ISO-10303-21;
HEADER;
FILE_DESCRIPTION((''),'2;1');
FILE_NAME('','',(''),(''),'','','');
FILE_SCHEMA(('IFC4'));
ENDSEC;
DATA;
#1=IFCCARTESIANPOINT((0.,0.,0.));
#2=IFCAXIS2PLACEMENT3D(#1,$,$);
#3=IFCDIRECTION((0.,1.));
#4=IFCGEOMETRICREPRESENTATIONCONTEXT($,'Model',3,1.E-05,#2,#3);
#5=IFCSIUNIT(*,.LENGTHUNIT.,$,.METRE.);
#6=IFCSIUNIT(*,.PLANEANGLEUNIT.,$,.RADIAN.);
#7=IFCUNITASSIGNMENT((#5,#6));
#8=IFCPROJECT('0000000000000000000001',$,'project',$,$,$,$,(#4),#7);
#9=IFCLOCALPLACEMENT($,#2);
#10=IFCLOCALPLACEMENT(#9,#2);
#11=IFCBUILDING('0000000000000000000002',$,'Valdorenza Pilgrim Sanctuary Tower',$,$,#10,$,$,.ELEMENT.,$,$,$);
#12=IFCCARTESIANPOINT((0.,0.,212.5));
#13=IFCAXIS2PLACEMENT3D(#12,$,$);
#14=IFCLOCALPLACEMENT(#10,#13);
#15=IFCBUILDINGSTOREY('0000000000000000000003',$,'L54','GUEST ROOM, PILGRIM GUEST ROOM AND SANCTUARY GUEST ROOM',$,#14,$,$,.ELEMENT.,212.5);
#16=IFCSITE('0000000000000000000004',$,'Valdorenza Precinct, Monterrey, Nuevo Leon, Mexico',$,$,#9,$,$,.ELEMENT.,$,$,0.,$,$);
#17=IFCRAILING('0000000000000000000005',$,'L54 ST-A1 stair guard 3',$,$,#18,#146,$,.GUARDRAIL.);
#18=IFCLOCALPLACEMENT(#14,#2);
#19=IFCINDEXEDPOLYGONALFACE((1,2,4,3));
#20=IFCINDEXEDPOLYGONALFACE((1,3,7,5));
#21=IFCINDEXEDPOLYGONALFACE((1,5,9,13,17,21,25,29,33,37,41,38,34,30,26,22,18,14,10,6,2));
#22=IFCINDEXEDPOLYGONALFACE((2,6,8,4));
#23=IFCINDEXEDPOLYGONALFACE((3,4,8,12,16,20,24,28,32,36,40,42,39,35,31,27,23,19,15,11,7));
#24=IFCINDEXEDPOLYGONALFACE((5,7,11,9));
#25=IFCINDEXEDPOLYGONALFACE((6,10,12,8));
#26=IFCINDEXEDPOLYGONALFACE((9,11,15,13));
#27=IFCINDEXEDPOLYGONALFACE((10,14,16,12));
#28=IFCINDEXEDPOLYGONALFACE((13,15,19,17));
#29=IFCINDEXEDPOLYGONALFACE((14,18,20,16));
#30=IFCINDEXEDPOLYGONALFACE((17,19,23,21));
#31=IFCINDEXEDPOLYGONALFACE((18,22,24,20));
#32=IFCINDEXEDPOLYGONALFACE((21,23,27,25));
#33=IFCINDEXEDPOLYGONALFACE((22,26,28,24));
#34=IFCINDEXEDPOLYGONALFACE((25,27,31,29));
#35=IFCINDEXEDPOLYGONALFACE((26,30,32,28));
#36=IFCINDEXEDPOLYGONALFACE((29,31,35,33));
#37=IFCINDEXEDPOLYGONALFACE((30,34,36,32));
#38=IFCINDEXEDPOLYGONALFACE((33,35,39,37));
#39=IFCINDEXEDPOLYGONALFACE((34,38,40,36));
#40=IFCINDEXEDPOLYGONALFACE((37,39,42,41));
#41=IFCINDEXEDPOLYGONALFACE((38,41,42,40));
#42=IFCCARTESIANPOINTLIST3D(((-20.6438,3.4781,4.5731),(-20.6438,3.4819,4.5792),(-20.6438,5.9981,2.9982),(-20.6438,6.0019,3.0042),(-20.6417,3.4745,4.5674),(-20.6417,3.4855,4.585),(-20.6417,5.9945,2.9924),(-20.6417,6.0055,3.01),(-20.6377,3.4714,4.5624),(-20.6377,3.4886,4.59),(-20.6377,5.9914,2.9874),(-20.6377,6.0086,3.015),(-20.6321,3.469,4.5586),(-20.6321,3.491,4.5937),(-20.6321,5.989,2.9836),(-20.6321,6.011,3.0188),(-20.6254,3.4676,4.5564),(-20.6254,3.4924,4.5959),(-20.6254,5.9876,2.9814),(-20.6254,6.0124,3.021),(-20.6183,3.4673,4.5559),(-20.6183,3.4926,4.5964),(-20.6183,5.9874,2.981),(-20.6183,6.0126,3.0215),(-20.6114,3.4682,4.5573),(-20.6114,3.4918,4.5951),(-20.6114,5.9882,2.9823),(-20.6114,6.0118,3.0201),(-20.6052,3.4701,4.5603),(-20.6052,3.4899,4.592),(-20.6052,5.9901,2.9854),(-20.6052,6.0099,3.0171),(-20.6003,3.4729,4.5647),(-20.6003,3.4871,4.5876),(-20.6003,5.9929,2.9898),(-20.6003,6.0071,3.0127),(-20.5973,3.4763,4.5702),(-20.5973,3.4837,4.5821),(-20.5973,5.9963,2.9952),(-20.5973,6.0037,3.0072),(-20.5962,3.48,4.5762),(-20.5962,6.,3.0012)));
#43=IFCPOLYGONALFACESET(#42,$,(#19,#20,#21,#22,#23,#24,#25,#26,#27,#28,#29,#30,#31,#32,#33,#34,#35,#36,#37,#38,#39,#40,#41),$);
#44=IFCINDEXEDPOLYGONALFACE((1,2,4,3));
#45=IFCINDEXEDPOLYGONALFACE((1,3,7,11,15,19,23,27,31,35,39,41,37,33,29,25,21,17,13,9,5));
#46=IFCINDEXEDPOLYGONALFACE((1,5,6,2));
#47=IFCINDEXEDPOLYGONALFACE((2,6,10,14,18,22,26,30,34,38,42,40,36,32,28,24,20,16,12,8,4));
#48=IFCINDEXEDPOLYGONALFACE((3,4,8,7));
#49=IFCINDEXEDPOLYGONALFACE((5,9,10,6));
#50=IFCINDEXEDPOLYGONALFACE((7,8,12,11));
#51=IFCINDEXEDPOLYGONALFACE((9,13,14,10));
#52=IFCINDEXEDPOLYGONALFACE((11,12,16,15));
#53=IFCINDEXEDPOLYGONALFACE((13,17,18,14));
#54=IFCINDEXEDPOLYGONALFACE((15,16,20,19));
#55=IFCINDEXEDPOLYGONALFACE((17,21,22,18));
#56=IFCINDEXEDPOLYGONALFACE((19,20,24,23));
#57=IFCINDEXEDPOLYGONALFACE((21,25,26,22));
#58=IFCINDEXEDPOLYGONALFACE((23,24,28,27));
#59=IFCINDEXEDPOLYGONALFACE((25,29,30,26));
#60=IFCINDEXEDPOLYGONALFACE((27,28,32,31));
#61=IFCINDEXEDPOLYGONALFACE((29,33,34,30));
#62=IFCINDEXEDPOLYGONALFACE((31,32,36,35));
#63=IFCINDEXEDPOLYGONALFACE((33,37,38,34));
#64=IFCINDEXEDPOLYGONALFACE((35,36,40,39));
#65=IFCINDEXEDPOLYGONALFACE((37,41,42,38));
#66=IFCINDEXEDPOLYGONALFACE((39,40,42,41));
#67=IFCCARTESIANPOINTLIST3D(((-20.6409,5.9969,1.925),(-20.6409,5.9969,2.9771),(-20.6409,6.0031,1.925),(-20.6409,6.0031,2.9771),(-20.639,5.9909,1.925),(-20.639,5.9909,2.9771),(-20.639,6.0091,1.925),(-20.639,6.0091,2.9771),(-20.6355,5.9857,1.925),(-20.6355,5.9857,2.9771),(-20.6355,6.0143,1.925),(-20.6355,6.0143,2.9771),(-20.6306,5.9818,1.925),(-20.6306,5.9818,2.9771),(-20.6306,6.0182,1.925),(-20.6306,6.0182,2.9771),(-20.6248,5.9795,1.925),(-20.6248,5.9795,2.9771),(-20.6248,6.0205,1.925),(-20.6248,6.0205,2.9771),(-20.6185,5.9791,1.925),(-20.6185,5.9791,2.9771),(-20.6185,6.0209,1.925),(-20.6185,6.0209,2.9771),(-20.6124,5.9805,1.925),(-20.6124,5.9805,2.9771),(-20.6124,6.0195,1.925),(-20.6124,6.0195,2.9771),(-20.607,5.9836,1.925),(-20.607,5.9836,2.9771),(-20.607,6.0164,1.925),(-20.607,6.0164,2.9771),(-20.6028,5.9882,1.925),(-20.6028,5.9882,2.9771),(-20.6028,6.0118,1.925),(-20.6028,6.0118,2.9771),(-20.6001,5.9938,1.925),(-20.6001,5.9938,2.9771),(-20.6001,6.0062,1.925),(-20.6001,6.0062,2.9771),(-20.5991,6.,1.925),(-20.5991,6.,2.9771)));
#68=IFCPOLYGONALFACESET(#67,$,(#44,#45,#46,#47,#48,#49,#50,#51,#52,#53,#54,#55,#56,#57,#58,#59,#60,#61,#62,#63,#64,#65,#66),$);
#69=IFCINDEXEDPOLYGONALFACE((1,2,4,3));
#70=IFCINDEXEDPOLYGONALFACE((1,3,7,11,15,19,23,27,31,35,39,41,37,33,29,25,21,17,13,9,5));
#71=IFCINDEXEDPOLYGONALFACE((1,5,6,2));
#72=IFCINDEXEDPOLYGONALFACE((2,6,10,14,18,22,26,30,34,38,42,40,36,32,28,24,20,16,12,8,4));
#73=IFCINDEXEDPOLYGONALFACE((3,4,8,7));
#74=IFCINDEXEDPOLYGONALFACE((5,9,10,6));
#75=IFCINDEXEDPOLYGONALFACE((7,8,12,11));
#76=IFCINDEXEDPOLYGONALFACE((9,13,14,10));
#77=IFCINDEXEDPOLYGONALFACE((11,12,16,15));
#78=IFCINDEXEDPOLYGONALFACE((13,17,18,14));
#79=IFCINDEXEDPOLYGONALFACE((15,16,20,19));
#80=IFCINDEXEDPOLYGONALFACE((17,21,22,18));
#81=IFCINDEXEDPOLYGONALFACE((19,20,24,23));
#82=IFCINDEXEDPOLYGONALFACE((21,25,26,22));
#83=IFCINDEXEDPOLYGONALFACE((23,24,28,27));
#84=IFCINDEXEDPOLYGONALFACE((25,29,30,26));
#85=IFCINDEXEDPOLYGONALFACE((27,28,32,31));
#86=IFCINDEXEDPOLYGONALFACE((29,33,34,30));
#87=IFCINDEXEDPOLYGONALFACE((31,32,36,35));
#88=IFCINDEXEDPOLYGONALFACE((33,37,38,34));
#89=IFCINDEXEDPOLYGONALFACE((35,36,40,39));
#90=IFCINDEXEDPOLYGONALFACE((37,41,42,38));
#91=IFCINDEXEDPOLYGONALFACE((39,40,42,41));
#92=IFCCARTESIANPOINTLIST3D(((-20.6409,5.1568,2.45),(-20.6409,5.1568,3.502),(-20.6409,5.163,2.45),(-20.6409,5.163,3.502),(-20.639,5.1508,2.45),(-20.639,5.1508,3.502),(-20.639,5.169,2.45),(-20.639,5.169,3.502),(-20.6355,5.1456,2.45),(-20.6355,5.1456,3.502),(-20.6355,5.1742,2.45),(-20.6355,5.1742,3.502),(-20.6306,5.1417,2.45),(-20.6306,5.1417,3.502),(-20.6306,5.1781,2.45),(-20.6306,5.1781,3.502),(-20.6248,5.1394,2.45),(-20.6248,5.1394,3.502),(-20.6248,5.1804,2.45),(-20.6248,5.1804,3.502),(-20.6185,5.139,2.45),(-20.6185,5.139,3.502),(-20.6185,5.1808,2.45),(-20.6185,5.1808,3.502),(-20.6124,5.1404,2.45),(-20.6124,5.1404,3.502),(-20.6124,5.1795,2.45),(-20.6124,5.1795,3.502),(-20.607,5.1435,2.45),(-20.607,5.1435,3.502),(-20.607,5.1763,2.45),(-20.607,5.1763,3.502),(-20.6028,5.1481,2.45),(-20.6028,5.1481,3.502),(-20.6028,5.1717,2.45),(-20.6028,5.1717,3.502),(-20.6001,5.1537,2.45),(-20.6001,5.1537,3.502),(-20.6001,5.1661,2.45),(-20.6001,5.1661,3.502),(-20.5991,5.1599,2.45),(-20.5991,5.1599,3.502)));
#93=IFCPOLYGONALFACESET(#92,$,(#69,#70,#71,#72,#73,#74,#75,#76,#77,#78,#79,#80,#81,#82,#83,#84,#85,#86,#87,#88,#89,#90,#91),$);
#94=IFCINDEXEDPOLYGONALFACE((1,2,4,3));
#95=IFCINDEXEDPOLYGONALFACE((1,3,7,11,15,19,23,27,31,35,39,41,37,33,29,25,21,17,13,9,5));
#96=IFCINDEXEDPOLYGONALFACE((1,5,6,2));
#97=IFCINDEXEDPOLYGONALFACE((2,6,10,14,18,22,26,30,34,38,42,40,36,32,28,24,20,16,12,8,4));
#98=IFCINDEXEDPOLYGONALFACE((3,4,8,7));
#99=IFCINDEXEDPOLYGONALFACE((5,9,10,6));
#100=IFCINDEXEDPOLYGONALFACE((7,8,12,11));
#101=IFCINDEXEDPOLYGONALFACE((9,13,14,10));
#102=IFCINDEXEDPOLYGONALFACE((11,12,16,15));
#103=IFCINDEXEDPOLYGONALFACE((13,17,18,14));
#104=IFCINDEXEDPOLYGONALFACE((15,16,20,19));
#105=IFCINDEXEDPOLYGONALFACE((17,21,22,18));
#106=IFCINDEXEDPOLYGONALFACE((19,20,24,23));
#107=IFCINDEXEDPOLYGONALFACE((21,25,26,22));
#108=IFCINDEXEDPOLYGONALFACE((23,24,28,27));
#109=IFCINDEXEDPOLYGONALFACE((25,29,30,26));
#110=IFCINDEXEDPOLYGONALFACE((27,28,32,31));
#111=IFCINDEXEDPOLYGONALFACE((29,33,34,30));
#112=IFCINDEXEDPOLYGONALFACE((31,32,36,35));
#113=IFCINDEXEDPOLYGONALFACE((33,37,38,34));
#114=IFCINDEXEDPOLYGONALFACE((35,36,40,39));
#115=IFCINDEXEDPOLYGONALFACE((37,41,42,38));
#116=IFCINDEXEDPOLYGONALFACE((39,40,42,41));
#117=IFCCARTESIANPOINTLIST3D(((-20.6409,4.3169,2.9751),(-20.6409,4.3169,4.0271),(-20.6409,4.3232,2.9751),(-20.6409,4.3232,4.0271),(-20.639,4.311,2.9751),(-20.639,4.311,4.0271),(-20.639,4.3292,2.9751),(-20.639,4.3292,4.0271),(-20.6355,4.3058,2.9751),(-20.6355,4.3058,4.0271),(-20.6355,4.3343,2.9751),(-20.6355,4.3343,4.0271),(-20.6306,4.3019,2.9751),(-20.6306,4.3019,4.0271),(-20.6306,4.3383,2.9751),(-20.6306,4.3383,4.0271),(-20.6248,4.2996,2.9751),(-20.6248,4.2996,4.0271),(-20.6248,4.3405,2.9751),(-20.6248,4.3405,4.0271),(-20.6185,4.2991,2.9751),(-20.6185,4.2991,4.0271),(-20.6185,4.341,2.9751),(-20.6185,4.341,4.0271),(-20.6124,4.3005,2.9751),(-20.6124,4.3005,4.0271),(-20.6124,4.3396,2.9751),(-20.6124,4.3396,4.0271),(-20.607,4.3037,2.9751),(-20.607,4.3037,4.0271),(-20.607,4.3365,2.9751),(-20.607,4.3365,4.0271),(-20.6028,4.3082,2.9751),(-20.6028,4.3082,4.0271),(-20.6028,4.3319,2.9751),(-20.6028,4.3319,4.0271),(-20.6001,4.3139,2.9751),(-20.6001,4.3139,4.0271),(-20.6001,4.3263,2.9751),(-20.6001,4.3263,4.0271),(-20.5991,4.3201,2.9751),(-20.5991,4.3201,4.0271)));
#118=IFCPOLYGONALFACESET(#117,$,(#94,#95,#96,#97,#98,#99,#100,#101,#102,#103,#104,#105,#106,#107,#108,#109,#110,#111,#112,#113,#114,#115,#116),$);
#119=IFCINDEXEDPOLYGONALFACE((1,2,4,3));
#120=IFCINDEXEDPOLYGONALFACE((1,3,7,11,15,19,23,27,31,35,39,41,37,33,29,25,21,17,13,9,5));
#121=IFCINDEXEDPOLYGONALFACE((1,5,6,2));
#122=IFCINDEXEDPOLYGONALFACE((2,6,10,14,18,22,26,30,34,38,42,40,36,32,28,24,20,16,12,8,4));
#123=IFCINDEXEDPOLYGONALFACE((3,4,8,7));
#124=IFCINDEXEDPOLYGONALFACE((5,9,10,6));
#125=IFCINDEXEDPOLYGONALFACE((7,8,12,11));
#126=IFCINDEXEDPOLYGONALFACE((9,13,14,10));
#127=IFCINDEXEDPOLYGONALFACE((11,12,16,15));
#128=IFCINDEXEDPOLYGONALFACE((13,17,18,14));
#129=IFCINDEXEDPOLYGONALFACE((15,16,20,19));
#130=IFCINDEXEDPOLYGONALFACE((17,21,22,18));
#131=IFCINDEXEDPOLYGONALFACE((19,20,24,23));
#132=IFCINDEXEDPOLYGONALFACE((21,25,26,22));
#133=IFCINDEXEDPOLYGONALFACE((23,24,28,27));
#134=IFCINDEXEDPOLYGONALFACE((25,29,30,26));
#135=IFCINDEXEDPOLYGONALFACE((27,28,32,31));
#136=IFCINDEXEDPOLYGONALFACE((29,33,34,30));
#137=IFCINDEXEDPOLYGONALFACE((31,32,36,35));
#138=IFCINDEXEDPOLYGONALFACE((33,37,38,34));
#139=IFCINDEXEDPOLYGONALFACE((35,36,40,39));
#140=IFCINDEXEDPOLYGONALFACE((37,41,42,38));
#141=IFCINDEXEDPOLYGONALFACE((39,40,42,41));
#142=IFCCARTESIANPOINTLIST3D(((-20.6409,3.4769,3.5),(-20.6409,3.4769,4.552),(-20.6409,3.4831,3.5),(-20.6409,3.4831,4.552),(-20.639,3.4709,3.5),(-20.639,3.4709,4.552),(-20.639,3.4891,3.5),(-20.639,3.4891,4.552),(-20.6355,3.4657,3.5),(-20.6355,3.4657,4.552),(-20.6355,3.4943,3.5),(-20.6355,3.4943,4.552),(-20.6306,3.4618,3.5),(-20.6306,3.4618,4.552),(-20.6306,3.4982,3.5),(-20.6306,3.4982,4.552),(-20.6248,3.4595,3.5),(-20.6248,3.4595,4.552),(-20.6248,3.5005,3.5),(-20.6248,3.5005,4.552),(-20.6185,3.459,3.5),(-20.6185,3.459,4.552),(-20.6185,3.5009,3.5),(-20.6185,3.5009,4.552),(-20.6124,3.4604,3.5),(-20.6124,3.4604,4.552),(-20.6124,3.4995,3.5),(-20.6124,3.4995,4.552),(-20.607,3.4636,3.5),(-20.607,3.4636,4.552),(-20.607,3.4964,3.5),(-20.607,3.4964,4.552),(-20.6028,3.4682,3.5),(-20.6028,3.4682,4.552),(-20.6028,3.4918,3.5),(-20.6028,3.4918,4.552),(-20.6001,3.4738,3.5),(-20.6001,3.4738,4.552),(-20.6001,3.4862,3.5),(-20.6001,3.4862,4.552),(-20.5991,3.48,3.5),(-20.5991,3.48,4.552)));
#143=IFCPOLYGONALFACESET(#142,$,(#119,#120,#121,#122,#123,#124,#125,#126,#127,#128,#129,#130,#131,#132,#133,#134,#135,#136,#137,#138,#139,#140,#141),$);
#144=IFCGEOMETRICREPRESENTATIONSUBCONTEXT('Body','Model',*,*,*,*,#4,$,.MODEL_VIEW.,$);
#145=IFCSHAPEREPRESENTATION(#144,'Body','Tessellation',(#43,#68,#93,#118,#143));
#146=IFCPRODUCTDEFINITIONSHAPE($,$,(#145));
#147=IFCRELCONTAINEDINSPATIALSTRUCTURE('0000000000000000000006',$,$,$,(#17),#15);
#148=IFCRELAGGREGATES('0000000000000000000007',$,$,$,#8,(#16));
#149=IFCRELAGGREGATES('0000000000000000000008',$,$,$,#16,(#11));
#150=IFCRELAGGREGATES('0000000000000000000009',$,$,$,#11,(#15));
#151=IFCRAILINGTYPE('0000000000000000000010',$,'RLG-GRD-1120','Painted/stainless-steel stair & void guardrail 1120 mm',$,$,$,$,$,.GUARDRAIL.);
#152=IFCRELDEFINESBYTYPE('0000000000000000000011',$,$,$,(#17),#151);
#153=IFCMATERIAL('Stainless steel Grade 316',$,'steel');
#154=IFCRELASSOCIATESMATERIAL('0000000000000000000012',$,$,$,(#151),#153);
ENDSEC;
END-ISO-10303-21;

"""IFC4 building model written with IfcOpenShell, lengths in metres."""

from ifc_helpers import new_model, si_unit, direction, frame, origin, origin_2d, place, context, subcontext, project, spatial, circle, extrude, material, type_object, element, save


model = new_model("IFC4")

# Units and contexts
model_context = context("Model", 3, precision=1e-05, world=origin(), true_north=direction((0.0, 1.0)))
body_context = subcontext(model_context, "Body", "Model", "MODEL_VIEW")
ifc_project = project(units=[si_unit("LENGTHUNIT", "METRE"), si_unit("PLANEANGLEUNIT", "RADIAN")], contexts=[model_context])

# Site, building, storey
site_placement = place(None, origin())
site = spatial("IfcSite", under=ifc_project, at=site_placement, Name="Valdorenza Precinct, Monterrey, Nuevo Leon, Mexico", CompositionType="ELEMENT", RefElevation=0.0)
building_placement = place(site_placement, origin())
building = spatial("IfcBuilding", under=site, at=building_placement, Name="Valdorenza Pilgrim Sanctuary Tower", CompositionType="ELEMENT")
storey_placement = place(building_placement, frame((0.0, 0.0, 212.5)))
storey = spatial("IfcBuildingStorey", under=building, at=storey_placement, Name="L54", Description="GUEST ROOM, PILGRIM GUEST ROOM AND SANCTUARY GUEST ROOM", CompositionType="ELEMENT", Elevation=212.5)

# Railing
ifc_material_1 = material(Name="Stainless steel Grade 316", Category="steel")
railing_type_1 = type_object("IfcRailingType", Name="RLG-GRD-1120", Description="Painted/stainless-steel stair & void guardrail 1120 mm", PredefinedType="GUARDRAIL", material=ifc_material_1)
railing_1_placement = place(storey_placement, frame((-20.6201, 6.0, 1.925)))
element("IfcRailing", 1, at=railing_1_placement, inside=storey, type_object=railing_type_1, Name="L54 ST-A1 stair guard 3", PredefinedType="GUARDRAIL", context=body_context, shape_type="SweptSolid", body=[
    extrude(circle(Radius=0.0239, at=origin_2d()), frame((0.0, 0.0, 1.0762), z_axis=(0.0, -0.848008, 0.529984), x_axis=(1.0, 0.0, 0.0)), (0.0, 0.0, 1.0), 2.9717),
    extrude(circle(Radius=0.021, at=origin_2d()), origin(), (0.0, 0.0, 1.0), 1.052),
    extrude(circle(Radius=0.021, at=origin_2d()), frame((0.0, -0.8401, 0.5249)), (0.0, 0.0, 1.0), 1.052),
    extrude(circle(Radius=0.021, at=origin_2d()), frame((0.0, -1.6799, 1.05)), (0.0, 0.0, 1.0), 1.052),
    extrude(circle(Radius=0.021, at=origin_2d()), frame((0.0, -2.52, 1.575)), (0.0, 0.0, 1.0), 1.052),
])

save(model, "model.ifc")
